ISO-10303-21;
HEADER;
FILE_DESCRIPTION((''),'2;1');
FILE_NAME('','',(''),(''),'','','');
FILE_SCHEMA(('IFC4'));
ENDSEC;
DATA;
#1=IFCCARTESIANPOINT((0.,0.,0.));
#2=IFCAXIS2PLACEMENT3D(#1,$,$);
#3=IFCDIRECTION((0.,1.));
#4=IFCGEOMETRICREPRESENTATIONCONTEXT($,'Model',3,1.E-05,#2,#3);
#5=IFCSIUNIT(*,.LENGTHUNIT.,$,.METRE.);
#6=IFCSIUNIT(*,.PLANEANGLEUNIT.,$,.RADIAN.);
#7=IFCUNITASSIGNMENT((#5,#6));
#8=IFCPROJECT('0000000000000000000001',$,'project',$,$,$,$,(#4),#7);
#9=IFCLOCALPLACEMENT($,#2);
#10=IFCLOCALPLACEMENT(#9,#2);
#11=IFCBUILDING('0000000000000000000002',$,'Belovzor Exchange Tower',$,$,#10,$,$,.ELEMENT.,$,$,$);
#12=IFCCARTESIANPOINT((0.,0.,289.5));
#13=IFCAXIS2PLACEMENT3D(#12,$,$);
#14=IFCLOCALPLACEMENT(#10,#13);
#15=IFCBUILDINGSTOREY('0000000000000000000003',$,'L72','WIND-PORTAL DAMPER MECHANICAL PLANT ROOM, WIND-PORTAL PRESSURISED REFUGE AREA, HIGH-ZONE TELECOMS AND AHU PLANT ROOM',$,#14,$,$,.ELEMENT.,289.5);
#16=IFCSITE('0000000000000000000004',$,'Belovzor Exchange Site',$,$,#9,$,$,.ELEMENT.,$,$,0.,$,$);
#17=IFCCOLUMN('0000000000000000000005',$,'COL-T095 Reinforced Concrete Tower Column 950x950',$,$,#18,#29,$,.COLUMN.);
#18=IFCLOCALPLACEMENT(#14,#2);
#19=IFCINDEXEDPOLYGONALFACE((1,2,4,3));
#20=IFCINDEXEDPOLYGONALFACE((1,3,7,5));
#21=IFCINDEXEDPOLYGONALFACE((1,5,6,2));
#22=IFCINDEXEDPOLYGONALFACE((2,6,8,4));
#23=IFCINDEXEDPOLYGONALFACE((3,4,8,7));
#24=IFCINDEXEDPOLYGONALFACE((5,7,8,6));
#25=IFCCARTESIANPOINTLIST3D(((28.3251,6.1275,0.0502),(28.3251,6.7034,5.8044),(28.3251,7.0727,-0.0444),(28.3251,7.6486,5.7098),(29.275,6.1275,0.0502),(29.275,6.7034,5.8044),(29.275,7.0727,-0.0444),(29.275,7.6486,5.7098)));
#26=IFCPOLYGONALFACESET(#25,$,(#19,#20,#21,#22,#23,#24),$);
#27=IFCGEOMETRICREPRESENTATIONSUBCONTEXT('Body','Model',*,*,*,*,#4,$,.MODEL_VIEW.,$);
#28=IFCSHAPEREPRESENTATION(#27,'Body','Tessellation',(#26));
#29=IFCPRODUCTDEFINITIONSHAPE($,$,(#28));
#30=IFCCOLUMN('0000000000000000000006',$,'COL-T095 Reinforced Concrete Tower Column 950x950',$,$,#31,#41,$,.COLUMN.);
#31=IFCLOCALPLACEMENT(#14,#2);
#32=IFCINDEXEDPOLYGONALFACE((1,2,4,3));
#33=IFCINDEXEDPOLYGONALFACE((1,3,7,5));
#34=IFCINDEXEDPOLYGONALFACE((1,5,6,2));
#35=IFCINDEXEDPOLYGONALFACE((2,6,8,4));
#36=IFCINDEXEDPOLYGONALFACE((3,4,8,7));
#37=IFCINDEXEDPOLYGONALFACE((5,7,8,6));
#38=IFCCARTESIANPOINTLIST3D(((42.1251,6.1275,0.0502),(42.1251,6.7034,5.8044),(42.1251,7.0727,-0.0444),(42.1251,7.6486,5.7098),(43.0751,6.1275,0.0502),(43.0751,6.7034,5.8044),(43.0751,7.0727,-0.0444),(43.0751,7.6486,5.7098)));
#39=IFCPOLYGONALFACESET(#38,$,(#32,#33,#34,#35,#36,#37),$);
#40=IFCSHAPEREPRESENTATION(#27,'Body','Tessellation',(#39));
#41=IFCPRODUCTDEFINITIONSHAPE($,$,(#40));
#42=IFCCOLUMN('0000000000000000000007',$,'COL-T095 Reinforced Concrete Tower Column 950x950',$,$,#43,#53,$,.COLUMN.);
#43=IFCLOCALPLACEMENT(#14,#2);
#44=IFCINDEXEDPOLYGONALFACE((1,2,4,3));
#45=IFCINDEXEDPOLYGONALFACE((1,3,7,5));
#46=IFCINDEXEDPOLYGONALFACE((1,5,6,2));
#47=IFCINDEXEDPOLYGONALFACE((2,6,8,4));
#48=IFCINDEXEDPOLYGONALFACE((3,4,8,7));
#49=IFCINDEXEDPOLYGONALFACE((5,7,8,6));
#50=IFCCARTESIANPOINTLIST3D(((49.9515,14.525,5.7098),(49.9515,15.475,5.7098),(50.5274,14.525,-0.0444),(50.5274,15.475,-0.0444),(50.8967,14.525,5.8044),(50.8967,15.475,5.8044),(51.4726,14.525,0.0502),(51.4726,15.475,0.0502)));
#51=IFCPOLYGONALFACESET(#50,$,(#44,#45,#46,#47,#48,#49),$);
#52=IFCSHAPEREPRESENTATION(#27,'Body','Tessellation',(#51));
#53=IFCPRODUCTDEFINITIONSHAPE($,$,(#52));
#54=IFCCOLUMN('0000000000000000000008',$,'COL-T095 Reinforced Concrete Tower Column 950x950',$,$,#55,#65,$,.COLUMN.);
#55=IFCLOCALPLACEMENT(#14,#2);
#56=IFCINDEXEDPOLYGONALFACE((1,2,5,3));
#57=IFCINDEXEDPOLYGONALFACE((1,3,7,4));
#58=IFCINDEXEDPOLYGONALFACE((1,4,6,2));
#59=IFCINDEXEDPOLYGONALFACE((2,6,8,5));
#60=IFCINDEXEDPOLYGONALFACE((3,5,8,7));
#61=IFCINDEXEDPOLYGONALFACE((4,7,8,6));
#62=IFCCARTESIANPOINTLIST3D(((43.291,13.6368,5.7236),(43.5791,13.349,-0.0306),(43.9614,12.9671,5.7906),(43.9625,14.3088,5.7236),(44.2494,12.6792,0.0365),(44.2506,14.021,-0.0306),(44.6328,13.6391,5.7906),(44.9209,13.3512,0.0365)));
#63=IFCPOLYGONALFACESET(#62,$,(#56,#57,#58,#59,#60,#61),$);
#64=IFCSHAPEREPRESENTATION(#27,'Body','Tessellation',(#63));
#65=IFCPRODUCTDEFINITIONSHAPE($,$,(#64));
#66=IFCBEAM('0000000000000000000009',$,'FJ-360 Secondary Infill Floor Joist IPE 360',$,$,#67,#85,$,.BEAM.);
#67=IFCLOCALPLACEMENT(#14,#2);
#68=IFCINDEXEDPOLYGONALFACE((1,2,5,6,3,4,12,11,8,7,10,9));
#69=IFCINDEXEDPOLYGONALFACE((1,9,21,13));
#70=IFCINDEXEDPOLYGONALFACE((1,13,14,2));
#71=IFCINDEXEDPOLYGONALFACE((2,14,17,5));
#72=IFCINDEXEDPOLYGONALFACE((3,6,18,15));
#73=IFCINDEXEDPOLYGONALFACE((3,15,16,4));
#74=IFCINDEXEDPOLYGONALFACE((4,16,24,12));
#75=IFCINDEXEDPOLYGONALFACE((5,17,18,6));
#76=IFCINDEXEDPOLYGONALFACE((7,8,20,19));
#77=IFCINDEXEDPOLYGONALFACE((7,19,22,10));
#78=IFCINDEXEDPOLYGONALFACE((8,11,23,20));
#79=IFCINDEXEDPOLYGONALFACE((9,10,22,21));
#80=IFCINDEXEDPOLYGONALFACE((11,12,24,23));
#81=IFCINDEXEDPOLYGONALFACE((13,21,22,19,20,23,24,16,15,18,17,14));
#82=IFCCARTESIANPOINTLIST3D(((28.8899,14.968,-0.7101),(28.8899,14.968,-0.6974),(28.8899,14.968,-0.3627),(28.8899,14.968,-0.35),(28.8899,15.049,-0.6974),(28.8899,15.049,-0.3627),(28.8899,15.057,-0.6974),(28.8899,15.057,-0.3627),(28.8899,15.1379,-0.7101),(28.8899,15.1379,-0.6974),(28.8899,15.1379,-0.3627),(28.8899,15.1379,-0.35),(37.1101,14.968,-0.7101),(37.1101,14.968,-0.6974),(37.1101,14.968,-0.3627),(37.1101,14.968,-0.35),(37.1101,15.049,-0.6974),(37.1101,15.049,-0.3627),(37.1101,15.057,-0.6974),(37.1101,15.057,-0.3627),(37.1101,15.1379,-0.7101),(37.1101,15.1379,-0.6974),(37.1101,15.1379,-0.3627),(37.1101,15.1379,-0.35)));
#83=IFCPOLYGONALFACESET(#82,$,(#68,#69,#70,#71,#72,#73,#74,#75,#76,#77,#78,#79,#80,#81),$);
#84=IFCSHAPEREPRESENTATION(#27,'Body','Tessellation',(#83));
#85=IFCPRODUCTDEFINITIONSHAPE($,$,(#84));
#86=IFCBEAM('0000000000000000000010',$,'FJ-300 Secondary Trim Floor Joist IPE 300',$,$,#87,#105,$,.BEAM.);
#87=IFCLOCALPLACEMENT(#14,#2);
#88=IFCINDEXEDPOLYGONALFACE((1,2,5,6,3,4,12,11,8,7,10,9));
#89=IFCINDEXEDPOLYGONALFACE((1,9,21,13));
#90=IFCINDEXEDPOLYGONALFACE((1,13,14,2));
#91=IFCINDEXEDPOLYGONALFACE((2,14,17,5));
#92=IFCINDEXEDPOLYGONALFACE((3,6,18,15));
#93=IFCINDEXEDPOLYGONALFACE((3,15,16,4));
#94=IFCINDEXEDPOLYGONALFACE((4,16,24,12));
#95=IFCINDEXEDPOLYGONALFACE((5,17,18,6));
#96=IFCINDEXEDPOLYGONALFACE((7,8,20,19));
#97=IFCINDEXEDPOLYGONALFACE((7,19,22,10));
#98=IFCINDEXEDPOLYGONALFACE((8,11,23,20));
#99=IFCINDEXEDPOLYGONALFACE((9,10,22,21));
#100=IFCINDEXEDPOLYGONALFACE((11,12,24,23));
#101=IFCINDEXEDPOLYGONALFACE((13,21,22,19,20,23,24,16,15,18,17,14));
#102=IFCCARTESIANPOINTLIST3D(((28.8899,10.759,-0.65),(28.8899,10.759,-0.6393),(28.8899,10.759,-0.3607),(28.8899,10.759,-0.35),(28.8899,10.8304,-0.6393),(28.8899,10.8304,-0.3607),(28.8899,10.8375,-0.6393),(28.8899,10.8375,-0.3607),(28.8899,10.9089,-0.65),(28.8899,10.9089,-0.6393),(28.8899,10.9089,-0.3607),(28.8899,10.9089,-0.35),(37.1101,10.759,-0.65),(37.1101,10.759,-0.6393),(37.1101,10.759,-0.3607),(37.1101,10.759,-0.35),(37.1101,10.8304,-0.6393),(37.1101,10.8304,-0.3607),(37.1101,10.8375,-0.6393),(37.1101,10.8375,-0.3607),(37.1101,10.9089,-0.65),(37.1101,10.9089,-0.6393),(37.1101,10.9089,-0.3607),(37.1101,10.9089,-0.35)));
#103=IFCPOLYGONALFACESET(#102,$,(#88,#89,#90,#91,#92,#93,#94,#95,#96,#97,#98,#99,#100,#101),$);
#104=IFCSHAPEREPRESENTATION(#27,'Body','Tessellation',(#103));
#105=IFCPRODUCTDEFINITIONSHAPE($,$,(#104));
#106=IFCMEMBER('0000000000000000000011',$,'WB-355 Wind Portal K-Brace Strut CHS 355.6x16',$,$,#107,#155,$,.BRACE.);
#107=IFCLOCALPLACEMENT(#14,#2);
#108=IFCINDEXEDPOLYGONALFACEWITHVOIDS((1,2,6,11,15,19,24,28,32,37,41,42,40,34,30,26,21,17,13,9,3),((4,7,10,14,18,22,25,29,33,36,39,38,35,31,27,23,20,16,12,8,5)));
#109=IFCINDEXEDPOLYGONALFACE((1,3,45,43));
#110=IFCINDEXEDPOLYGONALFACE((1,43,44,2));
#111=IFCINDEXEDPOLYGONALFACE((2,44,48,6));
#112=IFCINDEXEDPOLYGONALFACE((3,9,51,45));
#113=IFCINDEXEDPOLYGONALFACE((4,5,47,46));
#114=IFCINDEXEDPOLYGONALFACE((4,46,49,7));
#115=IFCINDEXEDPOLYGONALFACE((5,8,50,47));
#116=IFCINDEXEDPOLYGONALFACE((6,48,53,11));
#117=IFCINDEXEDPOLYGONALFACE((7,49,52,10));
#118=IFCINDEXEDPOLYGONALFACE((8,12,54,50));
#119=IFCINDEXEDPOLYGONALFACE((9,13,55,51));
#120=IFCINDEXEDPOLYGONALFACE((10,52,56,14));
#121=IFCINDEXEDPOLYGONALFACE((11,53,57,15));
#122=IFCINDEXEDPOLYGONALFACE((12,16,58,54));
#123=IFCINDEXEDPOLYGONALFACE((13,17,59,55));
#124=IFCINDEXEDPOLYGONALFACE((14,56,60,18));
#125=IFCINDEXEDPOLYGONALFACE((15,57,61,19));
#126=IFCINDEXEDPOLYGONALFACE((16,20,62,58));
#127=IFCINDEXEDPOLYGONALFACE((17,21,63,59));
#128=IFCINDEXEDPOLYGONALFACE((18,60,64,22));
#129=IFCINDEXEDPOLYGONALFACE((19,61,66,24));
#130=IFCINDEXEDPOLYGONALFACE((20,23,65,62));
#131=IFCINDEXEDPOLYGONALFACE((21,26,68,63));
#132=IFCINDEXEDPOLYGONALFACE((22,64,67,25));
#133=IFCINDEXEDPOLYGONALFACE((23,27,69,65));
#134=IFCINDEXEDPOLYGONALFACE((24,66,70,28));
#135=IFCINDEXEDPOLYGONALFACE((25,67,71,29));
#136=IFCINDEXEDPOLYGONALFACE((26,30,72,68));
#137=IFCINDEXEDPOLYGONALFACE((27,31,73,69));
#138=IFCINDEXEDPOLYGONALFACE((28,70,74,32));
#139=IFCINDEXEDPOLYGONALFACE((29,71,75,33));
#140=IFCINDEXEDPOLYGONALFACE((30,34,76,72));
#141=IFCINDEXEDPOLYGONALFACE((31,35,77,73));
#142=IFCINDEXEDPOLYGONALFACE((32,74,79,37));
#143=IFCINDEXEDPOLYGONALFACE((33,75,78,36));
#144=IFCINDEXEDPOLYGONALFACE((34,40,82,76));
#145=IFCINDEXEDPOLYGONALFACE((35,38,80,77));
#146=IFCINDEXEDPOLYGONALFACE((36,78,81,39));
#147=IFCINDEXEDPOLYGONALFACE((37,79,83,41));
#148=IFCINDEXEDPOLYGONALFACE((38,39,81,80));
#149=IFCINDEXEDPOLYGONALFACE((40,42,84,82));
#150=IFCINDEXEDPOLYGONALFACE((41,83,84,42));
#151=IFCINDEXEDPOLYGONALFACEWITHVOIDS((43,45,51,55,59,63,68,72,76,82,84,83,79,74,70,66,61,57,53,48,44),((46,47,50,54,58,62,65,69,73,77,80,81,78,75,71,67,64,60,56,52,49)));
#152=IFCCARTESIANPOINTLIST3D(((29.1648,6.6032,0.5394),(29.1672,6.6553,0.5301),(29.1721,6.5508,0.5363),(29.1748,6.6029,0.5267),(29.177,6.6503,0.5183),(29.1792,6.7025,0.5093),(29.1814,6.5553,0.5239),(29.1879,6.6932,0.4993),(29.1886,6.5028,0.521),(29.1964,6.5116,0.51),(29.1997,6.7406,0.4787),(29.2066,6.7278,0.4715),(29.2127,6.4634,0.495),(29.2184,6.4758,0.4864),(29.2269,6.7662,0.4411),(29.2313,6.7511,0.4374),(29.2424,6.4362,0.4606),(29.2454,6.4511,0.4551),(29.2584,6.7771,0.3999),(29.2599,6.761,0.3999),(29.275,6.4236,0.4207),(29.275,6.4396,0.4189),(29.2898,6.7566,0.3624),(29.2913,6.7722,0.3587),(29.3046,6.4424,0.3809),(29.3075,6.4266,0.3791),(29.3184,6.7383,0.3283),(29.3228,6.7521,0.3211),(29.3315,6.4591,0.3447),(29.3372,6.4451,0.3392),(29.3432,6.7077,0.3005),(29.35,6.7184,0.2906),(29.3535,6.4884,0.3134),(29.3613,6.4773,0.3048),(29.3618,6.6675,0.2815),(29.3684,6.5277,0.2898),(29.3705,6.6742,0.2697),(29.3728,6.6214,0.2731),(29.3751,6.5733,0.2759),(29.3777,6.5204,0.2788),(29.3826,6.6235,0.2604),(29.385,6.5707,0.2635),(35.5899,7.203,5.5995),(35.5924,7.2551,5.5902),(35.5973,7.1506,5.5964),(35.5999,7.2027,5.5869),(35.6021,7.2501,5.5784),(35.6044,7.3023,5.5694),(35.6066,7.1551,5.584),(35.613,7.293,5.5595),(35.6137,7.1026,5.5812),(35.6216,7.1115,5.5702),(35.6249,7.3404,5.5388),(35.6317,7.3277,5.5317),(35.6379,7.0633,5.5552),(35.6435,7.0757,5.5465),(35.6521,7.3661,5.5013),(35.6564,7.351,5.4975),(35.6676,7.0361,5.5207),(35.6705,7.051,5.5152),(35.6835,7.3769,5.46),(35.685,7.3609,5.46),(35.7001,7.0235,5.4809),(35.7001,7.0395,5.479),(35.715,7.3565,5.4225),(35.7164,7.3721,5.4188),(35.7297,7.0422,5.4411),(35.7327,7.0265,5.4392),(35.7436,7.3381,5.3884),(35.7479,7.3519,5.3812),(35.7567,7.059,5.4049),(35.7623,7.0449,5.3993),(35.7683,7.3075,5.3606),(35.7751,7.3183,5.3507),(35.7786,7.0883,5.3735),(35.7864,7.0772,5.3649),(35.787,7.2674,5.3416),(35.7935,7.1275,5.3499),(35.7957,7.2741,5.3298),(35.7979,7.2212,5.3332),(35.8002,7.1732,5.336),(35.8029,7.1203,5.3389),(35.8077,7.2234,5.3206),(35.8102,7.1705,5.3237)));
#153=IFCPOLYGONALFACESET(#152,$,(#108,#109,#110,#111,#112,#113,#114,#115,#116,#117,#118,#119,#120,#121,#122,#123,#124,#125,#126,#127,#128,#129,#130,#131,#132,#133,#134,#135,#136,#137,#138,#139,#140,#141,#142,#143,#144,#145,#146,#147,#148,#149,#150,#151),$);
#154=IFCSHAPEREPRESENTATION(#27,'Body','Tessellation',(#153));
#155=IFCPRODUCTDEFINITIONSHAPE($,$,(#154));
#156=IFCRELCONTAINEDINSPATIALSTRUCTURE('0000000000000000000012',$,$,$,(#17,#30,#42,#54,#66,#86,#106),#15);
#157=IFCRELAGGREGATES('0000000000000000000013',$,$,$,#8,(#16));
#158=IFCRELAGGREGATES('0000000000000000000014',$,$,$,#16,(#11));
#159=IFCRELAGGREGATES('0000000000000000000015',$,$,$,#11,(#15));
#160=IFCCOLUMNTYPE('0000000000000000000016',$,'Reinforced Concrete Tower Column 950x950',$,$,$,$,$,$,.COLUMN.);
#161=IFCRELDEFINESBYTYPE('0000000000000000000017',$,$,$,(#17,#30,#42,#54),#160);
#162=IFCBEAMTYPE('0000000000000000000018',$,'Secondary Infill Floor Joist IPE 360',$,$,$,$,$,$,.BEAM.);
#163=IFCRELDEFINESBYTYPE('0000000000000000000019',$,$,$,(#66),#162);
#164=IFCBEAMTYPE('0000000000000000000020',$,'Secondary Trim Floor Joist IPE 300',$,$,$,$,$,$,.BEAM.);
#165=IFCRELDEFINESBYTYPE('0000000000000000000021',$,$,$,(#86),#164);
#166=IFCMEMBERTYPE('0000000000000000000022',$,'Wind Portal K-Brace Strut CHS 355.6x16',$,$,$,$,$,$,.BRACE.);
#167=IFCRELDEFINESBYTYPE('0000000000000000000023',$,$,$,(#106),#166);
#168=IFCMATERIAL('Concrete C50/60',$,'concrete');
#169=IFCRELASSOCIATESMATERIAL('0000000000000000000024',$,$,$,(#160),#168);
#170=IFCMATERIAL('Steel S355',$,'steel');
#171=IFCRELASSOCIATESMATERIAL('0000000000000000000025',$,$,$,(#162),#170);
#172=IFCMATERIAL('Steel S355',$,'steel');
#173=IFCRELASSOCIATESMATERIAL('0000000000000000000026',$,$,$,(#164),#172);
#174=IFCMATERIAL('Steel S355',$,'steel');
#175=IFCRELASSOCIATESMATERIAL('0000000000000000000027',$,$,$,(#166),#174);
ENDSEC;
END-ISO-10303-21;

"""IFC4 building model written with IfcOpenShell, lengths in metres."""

from ifc_helpers import new_model, si_unit, direction, frame, origin, origin_2d, place, context, subcontext, project, spatial, rectangle, hollow_circle, i_section, extrude, material, material_profile, profile_set, type_object, element, save


model = new_model("IFC4")

# Units and contexts
model_context = context("Model", 3, precision=1e-05, world=origin(), true_north=direction((0.0, 1.0)))
body_context = subcontext(model_context, "Body", "Model", "MODEL_VIEW")
ifc_project = project(units=[si_unit("LENGTHUNIT", "METRE"), si_unit("PLANEANGLEUNIT", "RADIAN")], contexts=[model_context])

# Site, building, storey
site_placement = place(None, origin())
site = spatial("IfcSite", under=ifc_project, at=site_placement, Name="Belovzor Exchange Site", CompositionType="ELEMENT", RefElevation=0.0)
building_placement = place(site_placement, origin())
building = spatial("IfcBuilding", under=site, at=building_placement, Name="Belovzor Exchange Tower", CompositionType="ELEMENT")
storey_placement = place(building_placement, frame((0.0, 0.0, 289.5)))
storey = spatial("IfcBuildingStorey", under=building, at=storey_placement, Name="L72", Description="WIND-PORTAL DAMPER MECHANICAL PLANT ROOM, WIND-PORTAL PRESSURISED REFUGE AREA, HIGH-ZONE TELECOMS AND AHU PLANT ROOM", CompositionType="ELEMENT", Elevation=289.5)

# Columns
ifc_material_1 = material(Name="Concrete C50/60", Category="concrete")
ifc_material_profile_1 = material_profile(ifc_material_1, rectangle(XDim=0.95, YDim=0.95, at=origin_2d()))
ifc_profile_set_1 = profile_set([ifc_material_profile_1], Name="Concrete C50/60")
column_type = type_object("IfcColumnType", Name="Reinforced Concrete Tower Column 950x950", PredefinedType="COLUMN", material=ifc_profile_set_1)
for number, where, z_axis, x_axis, name in (
    (1, (28.8, 6.6001, 0.0029), (0.0, 0.099591, 0.995028), (-1.0, 0.0, 0.0), "COL-T095 Reinforced Concrete Tower Column 950x950"),
    (2, (42.6001, 6.6001, 0.0029), (0.0, 0.099591, 0.995028), (-1.0, 0.0, 0.0), "COL-T095 Reinforced Concrete Tower Column 950x950"),
    (3, (51.0, 15.0, 0.0029), (-0.099591, 0.0, 0.995028), (0.0, -1.0, 0.0), "COL-T095 Reinforced Concrete Tower Column 950x950"),
):
    element("IfcColumn", number, at=place(storey_placement, frame(where, z_axis=z_axis, x_axis=x_axis)), inside=storey, type_object=column_type, Name=name, PredefinedType="COLUMN", context=body_context, shape_type="SweptSolid", body=[
        extrude(rectangle(XDim=0.95, YDim=0.95, at=origin_2d()), origin(), (0.0, 0.0, 1.0), 5.783),
    ])
column_placement = place(storey_placement, frame((44.25, 13.3501, 0.0029), z_axis=(-0.049941, 0.049899, 0.997505), x_axis=(-0.706807, -0.707406, 0.0)))
element("IfcColumn", 4, at=column_placement, inside=storey, type_object=column_type, Name="COL-T095 Reinforced Concrete Tower Column 950x950", PredefinedType="COLUMN", context=body_context, shape_type="SweptSolid", body=[
    extrude(rectangle(XDim=0.95, YDim=0.95, at=origin_2d()), origin(), (0.0, 0.0, 1.0), 5.7686),
])

# Beams
ifc_material_2 = material(Name="Steel S355", Category="steel")
ifc_material_profile_2 = material_profile(ifc_material_2, i_section(OverallWidth=0.1699, OverallDepth=0.3601, WebThickness=0.0081, FlangeThickness=0.0127, at=origin_2d()))
ifc_profile_set_2 = profile_set([ifc_material_profile_2], Name="Steel S355")
beam_type_1 = type_object("IfcBeamType", Name="Secondary Infill Floor Joist IPE 360", PredefinedType="BEAM", material=ifc_profile_set_2)
beam_1_placement = place(storey_placement, frame((28.8899, 15.053, -0.53), z_axis=(1.0, 0.0, 0.0), x_axis=(0.0, 1.0, 0.0)))
element("IfcBeam", 5, at=beam_1_placement, inside=storey, type_object=beam_type_1, Name="FJ-360 Secondary Infill Floor Joist IPE 360", PredefinedType="BEAM", context=body_context, shape_type="SweptSolid", body=[
    extrude(i_section(OverallWidth=0.1699, OverallDepth=0.3601, WebThickness=0.0081, FlangeThickness=0.0127, at=origin_2d()), origin(), (0.0, 0.0, 1.0), 8.2202),
])
ifc_material_3 = material(Name="Steel S355", Category="steel")
ifc_material_profile_3 = material_profile(ifc_material_3, i_section(OverallWidth=0.1499, OverallDepth=0.3, WebThickness=0.0071, FlangeThickness=0.0107, at=origin_2d()))
ifc_profile_set_3 = profile_set([ifc_material_profile_3], Name="Steel S355")
beam_type_2 = type_object("IfcBeamType", Name="Secondary Trim Floor Joist IPE 300", PredefinedType="BEAM", material=ifc_profile_set_3)
beam_2_placement = place(storey_placement, frame((28.8899, 10.834, -0.5), z_axis=(1.0, 0.0, 0.0), x_axis=(0.0, 1.0, 0.0)))
element("IfcBeam", 6, at=beam_2_placement, inside=storey, type_object=beam_type_2, Name="FJ-300 Secondary Trim Floor Joist IPE 300", PredefinedType="BEAM", context=body_context, shape_type="SweptSolid", body=[
    extrude(i_section(OverallWidth=0.1499, OverallDepth=0.3, WebThickness=0.0071, FlangeThickness=0.0107, at=origin_2d()), origin(), (0.0, 0.0, 1.0), 8.2202),
])

# Member
ifc_material_4 = material(Name="Steel S355", Category="steel")
ifc_material_profile_4 = material_profile(ifc_material_4, hollow_circle(Radius=0.1777, WallThickness=0.0161, at=origin_2d()))
ifc_profile_set_4 = profile_set([ifc_material_profile_4], Name="Steel S355")
member_type = type_object("IfcMemberType", Name="Wind Portal K-Brace Strut CHS 355.6x16", PredefinedType="BRACE", material=ifc_profile_set_4)
for number, where, z_axis, x_axis, name in (
    (7, (29.2749, 6.6001, 0.3999), (0.783512, 0.07315, 0.617056), (-0.092957, 0.99567, 0.0), "WB-355 Wind Portal K-Brace Strut CHS 355.6x16"),
):
    element("IfcMember", number, at=place(storey_placement, frame(where, z_axis=z_axis, x_axis=x_axis)), inside=storey, type_object=member_type, Name=name, PredefinedType="BRACE", context=body_context, shape_type="SweptSolid", body=[
        extrude(hollow_circle(Radius=0.1777, WallThickness=0.0161, at=origin_2d()), origin(), (0.0, 0.0, 1.0), 8.2004),
    ])

save(model, "model.ifc")
